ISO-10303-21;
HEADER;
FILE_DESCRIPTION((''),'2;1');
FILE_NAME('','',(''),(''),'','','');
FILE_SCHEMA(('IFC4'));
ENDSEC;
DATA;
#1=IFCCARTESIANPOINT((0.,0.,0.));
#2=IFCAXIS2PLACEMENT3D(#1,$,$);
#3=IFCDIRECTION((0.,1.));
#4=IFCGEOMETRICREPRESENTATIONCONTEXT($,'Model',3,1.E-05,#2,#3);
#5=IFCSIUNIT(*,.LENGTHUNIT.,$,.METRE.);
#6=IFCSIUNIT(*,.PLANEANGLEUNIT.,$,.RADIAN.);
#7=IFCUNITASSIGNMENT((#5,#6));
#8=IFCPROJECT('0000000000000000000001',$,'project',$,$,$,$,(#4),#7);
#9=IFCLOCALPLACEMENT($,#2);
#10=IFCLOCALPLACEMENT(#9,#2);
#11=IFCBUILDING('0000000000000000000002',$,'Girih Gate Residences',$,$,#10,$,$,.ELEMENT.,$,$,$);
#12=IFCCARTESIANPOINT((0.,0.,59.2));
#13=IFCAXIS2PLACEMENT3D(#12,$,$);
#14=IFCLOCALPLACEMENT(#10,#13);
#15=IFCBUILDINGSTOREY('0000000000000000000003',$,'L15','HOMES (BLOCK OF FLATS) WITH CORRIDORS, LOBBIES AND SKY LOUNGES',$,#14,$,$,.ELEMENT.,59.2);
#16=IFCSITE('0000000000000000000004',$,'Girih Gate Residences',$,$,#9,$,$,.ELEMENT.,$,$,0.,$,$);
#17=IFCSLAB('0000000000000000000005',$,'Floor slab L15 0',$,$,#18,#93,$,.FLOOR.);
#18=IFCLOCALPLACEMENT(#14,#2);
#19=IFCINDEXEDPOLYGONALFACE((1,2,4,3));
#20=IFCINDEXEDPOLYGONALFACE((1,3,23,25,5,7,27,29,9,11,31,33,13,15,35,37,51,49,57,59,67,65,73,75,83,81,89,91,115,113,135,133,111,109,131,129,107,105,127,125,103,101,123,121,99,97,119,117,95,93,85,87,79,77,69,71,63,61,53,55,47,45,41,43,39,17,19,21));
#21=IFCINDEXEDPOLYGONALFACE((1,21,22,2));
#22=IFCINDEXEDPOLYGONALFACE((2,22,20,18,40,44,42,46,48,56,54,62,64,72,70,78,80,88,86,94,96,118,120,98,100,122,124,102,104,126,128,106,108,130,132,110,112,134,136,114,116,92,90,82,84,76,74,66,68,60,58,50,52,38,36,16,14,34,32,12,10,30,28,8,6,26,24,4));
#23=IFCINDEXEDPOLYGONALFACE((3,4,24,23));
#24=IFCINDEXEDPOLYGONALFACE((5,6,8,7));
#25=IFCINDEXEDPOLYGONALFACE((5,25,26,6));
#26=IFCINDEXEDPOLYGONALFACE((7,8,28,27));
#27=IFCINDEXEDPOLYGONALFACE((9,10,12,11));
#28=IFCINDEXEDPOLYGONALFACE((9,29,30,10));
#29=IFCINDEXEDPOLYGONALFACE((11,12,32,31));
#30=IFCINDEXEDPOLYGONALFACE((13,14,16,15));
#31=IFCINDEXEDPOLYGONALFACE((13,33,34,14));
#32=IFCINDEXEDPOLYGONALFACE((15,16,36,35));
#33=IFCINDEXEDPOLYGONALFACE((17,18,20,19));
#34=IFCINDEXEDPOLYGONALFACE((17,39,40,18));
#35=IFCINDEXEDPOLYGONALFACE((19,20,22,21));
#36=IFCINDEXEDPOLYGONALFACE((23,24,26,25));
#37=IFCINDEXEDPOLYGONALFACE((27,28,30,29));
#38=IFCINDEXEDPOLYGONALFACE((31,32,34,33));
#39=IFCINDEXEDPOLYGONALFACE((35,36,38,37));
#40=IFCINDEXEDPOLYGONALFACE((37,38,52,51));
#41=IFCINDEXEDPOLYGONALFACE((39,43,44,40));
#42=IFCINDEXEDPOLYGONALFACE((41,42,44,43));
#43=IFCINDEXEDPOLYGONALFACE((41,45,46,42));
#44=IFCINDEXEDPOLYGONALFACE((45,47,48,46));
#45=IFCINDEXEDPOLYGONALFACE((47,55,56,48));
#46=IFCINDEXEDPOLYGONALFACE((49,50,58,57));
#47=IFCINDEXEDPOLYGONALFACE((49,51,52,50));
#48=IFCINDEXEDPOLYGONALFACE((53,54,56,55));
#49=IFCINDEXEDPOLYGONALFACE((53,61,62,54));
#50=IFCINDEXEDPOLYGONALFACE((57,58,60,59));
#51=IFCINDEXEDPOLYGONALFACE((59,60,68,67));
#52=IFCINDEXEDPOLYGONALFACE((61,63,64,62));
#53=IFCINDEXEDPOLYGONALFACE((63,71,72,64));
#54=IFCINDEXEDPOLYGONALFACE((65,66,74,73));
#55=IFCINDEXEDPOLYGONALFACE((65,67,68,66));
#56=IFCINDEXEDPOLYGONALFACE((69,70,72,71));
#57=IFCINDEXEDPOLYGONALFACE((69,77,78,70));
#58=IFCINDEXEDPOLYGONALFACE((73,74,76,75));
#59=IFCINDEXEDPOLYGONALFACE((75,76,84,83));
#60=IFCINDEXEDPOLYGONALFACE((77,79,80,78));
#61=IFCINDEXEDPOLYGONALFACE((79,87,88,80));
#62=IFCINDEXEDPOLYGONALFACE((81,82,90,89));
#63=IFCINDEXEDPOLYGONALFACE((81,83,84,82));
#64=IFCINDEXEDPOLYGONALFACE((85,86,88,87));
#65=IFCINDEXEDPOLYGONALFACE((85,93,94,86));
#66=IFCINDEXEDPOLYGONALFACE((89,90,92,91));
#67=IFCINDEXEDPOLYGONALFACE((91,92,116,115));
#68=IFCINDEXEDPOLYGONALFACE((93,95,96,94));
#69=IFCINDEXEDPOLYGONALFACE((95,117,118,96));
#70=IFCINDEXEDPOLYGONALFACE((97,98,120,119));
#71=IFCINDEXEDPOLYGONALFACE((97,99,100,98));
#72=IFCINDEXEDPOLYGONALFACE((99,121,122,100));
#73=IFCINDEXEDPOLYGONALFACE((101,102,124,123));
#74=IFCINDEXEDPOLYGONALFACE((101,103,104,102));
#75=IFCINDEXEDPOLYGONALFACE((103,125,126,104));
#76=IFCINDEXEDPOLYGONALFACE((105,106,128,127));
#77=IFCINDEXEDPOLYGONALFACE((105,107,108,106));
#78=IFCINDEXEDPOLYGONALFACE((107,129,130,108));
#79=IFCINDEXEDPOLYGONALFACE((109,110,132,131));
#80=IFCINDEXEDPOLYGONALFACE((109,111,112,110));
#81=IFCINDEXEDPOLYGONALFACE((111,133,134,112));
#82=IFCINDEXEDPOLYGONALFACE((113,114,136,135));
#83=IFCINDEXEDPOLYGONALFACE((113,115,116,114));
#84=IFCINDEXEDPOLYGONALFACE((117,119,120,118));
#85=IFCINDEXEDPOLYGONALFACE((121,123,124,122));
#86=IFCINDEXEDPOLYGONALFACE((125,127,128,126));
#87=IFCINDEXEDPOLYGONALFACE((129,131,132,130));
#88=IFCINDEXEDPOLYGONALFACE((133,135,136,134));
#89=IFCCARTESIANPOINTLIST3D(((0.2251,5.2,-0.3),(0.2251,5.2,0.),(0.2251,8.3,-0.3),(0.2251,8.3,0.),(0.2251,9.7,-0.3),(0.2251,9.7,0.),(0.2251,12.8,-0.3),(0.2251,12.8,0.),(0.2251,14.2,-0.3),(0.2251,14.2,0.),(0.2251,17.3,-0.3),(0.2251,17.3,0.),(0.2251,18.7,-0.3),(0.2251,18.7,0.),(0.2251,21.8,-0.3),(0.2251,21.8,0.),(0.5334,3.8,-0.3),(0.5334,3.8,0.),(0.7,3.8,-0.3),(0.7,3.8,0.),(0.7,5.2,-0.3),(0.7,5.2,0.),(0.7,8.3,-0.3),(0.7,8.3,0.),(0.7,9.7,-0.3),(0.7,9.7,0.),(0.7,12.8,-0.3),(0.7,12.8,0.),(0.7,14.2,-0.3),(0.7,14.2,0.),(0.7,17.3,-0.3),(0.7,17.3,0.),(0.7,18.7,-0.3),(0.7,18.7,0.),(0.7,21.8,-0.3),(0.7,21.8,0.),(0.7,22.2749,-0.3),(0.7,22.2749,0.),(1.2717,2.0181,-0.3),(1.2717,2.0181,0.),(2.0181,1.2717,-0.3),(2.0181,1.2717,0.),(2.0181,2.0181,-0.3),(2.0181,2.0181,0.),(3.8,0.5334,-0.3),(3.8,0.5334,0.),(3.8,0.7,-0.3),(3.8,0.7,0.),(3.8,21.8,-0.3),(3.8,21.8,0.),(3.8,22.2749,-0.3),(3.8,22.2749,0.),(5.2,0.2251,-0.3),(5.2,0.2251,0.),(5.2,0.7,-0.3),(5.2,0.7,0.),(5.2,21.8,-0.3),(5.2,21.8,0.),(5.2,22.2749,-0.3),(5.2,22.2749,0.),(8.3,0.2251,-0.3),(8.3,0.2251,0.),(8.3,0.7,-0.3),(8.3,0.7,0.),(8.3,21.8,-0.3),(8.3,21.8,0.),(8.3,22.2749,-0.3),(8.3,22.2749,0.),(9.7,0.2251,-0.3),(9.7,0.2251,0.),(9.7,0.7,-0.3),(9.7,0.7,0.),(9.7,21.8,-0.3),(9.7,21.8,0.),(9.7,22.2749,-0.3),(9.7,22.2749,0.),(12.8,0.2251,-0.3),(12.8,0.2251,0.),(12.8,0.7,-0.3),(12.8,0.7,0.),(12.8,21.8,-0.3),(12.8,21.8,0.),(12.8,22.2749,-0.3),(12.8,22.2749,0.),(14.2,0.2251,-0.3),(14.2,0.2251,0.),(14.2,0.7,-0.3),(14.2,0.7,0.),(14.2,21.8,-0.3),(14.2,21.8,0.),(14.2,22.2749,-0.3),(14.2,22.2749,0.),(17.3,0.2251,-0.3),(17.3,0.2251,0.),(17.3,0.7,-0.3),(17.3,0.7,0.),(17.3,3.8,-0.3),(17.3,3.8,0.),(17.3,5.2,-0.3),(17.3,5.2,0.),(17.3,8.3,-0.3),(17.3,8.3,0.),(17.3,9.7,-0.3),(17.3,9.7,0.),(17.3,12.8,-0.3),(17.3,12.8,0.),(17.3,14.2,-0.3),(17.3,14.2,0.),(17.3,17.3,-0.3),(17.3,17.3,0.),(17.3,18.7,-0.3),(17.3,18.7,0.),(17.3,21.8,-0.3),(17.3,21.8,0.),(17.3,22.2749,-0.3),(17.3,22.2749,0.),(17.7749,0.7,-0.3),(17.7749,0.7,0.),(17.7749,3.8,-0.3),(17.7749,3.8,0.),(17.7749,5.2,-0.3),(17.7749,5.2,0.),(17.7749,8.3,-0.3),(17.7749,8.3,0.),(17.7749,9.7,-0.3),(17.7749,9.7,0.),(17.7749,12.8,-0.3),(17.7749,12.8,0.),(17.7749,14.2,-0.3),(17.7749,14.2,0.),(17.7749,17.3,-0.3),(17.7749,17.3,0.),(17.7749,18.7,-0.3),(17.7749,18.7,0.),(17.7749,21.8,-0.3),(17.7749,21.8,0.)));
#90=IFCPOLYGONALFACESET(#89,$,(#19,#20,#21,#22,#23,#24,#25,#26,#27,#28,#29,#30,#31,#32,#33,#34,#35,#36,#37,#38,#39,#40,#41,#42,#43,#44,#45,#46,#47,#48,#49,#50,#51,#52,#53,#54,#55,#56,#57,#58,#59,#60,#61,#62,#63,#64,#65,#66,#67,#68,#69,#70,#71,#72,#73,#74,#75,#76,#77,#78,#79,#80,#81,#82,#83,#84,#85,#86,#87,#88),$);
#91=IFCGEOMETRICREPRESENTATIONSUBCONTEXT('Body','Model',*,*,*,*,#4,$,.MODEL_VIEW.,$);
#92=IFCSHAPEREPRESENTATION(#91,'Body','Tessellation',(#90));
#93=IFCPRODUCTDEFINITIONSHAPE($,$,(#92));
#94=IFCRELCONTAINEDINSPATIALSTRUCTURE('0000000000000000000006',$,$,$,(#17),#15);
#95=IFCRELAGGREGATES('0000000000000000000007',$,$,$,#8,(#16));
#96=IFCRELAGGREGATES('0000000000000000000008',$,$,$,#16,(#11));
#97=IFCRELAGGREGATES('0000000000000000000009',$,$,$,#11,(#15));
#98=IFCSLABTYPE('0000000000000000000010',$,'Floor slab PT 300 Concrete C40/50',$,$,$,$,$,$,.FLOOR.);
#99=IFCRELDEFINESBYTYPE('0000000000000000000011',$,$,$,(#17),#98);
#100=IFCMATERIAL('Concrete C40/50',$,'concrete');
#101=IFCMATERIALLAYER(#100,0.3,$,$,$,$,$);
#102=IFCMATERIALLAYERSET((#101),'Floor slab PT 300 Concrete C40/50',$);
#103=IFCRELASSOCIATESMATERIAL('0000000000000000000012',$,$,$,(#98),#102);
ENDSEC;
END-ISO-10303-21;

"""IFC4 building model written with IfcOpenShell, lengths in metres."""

from ifc_helpers import new_model, si_unit, direction, frame, origin, place, context, subcontext, project, spatial, polyline, outline, extrude, material, layer, layer_set, type_object, element, save


model = new_model("IFC4")

# Units and contexts
model_context = context("Model", 3, precision=1e-05, world=origin(), true_north=direction((0.0, 1.0)))
body_context = subcontext(model_context, "Body", "Model", "MODEL_VIEW")
ifc_project = project(units=[si_unit("LENGTHUNIT", "METRE"), si_unit("PLANEANGLEUNIT", "RADIAN")], contexts=[model_context])

# Site, building, storey
site_placement = place(None, origin())
site = spatial("IfcSite", under=ifc_project, at=site_placement, Name="Girih Gate Residences", CompositionType="ELEMENT", RefElevation=0.0)
building_placement = place(site_placement, origin())
building = spatial("IfcBuilding", under=site, at=building_placement, Name="Girih Gate Residences", CompositionType="ELEMENT")
storey_placement = place(building_placement, frame((0.0, 0.0, 59.2)))
storey = spatial("IfcBuildingStorey", under=building, at=storey_placement, Name="L15", Description="HOMES (BLOCK OF FLATS) WITH CORRIDORS, LOBBIES AND SKY LOUNGES", CompositionType="ELEMENT", Elevation=59.2)

# Slab
ifc_material_1 = material(Name="Concrete C40/50", Category="concrete")
ifc_layer_1 = layer(ifc_material_1, 0.3)
ifc_layer_set_1 = layer_set([ifc_layer_1], Name="Floor slab PT 300 Concrete C40/50")
slab_type_1 = type_object("IfcSlabType", Name="Floor slab PT 300 Concrete C40/50", PredefinedType="FLOOR", material=ifc_layer_set_1)
slab_1_placement = place(storey_placement, frame((0.0, 0.0, -0.3)))
element("IfcSlab", 1, at=slab_1_placement, inside=storey, type_object=slab_type_1, Name="Floor slab L15 0", PredefinedType="FLOOR", context=body_context, shape_type="SweptSolid", body=[
    extrude(outline(polyline([(0.2251, 8.3), (0.2251, 5.2), (0.7, 5.2), (0.7, 3.8), (0.5334, 3.8), (1.2717, 2.0181), (2.0181, 2.0181), (2.0181, 1.2717), (3.8, 0.5334), (3.8, 0.7), (5.2, 0.7), (5.2, 0.2251), (8.3, 0.2251), (8.3, 0.7), (9.7, 0.7), (9.7, 0.2251), (12.8, 0.2251), (12.8, 0.7), (14.2, 0.7), (14.2, 0.2251), (17.3, 0.2251), (17.3, 0.7), (17.7749, 0.7), (17.7749, 3.8), (17.3, 3.8), (17.3, 5.2), (17.7749, 5.2), (17.7749, 8.3), (17.3, 8.3), (17.3, 9.7), (17.7749, 9.7), (17.7749, 12.8), (17.3, 12.8), (17.3, 14.2), (17.7749, 14.2), (17.7749, 17.3), (17.3, 17.3), (17.3, 18.7), (17.7749, 18.7), (17.7749, 21.8), (17.3, 21.8), (17.3, 22.2749), (14.2, 22.2749), (14.2, 21.8), (12.8, 21.8), (12.8, 22.2749), (9.7, 22.2749), (9.7, 21.8), (8.3, 21.8), (8.3, 22.2749), (5.2, 22.2749), (5.2, 21.8), (3.8, 21.8), (3.8, 22.2749), (0.7, 22.2749), (0.7, 21.8), (0.2251, 21.8), (0.2251, 18.7), (0.7, 18.7), (0.7, 17.3), (0.2251, 17.3), (0.2251, 14.2), (0.7, 14.2), (0.7, 12.8), (0.2251, 12.8), (0.2251, 9.7), (0.7, 9.7), (0.7, 8.3), (0.2251, 8.3)])), origin(), (0.0, 0.0, 1.0), 0.3),
])

save(model, "model.ifc")
